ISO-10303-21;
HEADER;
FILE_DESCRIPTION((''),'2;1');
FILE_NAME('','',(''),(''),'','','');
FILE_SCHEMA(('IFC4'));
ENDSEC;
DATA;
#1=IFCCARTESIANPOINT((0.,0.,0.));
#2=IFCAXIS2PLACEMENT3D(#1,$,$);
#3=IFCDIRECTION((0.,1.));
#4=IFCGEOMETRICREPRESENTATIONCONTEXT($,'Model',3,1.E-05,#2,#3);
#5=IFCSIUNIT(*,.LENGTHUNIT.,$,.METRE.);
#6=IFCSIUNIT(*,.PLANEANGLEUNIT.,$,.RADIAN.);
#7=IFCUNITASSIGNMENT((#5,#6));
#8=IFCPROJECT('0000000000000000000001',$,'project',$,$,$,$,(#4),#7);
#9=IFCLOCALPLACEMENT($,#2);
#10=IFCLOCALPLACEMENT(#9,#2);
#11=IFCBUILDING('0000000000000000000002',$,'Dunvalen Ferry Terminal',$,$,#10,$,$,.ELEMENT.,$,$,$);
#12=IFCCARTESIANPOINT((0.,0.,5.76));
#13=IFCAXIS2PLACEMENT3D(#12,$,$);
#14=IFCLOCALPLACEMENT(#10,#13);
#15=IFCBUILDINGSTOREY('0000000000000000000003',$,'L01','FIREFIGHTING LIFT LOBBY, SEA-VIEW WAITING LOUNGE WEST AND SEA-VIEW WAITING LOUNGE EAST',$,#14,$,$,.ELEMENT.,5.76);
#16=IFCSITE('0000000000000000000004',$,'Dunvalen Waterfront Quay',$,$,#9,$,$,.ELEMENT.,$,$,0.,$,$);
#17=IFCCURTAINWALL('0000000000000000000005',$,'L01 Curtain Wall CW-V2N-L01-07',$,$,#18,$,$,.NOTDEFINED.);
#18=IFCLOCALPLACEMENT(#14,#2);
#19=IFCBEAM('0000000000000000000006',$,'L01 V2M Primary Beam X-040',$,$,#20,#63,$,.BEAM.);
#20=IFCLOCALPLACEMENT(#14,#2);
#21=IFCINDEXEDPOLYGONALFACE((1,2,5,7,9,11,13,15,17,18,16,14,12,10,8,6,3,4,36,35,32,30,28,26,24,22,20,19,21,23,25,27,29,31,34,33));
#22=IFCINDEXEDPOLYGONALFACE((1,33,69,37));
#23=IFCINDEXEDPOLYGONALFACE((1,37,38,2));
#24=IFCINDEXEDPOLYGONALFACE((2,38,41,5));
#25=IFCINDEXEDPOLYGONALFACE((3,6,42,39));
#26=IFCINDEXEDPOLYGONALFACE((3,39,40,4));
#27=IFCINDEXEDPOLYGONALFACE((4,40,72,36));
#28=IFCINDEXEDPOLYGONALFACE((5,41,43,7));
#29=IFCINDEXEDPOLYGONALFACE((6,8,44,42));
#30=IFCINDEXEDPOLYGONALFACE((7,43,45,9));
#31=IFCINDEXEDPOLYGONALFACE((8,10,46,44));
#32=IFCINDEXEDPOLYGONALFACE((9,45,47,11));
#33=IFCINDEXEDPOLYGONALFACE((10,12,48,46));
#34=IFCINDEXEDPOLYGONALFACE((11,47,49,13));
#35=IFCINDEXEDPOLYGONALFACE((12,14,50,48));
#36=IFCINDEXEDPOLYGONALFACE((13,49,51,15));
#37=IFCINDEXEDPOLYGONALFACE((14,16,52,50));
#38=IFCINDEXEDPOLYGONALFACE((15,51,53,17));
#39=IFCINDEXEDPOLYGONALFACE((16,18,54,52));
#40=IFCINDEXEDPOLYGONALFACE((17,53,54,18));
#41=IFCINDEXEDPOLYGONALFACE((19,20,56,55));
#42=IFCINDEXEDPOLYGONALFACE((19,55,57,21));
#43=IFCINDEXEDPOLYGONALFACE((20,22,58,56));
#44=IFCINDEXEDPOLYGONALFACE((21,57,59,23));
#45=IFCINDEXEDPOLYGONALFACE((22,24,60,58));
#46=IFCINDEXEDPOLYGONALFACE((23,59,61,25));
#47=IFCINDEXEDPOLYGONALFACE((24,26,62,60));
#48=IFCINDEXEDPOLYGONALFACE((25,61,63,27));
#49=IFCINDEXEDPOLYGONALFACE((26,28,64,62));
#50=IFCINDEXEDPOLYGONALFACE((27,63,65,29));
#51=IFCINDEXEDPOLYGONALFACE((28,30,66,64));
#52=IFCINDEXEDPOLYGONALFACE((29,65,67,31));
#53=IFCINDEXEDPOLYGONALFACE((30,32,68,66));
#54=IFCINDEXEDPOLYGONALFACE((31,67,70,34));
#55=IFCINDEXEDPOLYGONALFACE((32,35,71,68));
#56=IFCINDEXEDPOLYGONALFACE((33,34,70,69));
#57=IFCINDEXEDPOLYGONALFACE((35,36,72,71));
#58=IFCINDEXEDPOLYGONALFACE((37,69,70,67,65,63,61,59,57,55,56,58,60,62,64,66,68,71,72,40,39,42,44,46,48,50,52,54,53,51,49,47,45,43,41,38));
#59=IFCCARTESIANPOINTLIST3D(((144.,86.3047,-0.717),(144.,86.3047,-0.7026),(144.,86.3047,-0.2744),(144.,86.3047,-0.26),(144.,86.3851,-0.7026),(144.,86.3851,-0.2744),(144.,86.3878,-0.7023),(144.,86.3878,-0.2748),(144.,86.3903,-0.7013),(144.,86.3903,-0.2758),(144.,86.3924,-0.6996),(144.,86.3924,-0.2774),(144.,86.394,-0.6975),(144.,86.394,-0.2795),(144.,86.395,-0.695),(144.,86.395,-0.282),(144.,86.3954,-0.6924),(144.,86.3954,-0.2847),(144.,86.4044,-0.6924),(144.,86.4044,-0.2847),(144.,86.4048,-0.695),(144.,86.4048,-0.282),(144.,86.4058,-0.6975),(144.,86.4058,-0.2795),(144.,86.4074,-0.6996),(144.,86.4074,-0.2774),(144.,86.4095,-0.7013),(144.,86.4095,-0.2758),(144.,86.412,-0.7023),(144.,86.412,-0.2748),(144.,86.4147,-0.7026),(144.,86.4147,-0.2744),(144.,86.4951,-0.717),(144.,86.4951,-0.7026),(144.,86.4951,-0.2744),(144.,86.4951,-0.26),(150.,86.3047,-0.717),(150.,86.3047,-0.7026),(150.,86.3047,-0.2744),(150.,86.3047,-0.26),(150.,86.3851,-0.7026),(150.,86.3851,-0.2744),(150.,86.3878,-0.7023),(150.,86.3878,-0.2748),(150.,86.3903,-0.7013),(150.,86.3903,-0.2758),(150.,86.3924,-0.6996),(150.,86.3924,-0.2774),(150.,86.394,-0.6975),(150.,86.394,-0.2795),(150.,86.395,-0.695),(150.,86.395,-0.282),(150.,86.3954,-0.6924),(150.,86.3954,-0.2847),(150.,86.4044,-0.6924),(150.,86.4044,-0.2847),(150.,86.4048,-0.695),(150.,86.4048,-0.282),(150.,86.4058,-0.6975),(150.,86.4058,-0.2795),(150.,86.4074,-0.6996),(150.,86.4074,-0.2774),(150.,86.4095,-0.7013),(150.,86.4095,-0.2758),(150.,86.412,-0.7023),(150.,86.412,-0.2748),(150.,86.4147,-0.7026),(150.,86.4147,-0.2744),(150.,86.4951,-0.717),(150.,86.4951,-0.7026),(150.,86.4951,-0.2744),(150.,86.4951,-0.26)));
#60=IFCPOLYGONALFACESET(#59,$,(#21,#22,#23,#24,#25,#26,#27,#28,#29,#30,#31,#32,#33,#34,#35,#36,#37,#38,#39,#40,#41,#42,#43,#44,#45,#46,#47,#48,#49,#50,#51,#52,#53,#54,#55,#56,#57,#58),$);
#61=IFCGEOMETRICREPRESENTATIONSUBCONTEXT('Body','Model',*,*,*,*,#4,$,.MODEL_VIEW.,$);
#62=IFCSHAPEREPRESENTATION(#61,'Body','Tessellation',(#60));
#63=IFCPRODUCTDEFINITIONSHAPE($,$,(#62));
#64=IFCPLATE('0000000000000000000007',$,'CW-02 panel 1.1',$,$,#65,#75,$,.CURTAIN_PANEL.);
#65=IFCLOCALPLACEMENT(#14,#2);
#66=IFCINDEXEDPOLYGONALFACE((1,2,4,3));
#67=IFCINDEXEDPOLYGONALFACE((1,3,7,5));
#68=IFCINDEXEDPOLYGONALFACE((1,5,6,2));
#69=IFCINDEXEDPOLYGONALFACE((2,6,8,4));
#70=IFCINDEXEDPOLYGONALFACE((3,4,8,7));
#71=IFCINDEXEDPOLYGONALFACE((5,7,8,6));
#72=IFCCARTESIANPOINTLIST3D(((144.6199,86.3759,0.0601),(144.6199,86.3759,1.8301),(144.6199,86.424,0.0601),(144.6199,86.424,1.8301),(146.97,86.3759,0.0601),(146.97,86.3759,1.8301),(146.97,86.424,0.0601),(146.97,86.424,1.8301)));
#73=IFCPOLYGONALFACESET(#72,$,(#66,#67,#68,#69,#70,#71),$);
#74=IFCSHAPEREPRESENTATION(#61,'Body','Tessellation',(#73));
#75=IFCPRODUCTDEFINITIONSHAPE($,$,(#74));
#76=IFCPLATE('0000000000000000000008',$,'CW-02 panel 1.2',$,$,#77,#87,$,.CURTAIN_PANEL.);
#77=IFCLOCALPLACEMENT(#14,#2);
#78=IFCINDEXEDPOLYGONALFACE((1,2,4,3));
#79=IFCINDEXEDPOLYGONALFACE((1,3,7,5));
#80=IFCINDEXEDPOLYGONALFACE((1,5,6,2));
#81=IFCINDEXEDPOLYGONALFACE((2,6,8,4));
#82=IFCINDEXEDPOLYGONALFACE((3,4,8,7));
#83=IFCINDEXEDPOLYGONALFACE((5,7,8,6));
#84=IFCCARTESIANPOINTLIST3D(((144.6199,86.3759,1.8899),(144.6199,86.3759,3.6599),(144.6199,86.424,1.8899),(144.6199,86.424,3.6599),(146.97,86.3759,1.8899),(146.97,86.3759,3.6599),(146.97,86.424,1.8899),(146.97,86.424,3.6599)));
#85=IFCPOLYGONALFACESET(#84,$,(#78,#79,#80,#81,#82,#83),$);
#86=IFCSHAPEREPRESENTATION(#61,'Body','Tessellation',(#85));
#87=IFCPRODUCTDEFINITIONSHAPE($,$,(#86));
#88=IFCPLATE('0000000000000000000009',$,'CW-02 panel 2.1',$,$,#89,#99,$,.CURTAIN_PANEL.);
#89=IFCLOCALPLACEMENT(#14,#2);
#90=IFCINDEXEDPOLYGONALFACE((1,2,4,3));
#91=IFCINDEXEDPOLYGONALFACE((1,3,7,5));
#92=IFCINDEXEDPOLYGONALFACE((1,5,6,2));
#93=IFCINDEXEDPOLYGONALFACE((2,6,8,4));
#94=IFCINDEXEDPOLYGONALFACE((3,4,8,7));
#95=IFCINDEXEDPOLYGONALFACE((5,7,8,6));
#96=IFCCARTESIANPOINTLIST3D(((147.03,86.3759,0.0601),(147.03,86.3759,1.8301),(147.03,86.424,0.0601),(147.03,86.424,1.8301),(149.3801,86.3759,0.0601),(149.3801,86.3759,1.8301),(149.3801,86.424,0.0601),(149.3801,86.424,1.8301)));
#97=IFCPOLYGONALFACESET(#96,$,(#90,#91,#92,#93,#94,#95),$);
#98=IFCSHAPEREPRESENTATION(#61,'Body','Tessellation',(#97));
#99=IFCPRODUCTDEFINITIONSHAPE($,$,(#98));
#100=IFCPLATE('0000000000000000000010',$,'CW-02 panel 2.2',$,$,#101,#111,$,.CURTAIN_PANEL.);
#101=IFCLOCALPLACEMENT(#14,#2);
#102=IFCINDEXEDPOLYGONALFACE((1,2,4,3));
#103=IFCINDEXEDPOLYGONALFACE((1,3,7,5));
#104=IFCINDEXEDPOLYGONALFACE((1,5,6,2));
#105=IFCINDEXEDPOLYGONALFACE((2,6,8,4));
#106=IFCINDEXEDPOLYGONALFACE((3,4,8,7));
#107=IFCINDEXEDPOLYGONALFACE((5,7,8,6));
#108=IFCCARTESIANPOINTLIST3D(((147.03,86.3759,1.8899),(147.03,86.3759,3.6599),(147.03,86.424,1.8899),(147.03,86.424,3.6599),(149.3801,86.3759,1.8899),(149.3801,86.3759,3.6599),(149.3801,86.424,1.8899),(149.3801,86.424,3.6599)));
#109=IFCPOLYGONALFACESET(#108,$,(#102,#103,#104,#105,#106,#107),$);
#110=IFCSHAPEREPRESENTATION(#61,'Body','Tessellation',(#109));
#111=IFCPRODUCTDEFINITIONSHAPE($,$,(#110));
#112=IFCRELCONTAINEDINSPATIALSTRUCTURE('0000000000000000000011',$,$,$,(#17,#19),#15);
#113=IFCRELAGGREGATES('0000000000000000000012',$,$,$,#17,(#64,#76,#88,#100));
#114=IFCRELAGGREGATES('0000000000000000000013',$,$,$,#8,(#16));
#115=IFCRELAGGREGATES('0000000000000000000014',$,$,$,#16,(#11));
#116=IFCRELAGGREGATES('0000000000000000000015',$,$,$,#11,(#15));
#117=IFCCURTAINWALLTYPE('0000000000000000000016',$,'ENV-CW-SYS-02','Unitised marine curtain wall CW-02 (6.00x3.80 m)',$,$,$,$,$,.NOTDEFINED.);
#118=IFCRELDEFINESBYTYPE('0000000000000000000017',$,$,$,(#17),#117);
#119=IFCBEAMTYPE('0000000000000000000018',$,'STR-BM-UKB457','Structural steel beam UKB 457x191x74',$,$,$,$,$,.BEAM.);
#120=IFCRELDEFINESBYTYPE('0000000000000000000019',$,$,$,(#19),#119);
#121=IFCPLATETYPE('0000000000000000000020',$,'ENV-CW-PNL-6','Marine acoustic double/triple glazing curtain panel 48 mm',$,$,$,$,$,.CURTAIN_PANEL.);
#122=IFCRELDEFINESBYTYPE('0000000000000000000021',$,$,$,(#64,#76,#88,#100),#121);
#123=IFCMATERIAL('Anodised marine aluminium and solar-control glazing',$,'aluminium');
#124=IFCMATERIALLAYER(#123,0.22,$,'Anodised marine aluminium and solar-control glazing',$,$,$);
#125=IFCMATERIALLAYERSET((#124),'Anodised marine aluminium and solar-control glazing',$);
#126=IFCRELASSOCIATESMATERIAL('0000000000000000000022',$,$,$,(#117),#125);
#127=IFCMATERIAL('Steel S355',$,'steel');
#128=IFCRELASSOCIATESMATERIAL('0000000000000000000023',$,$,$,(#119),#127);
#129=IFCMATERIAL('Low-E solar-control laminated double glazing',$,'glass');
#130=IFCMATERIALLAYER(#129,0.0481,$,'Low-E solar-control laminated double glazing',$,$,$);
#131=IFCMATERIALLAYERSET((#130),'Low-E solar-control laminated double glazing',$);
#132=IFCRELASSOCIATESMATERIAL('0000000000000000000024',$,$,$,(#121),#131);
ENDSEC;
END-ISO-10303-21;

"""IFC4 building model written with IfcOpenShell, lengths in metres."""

from ifc_helpers import new_model, si_unit, direction, frame, origin, origin_2d, place, context, subcontext, project, spatial, rectangle, i_section, extrude, material, layer, layer_set, material_profile, profile_set, type_object, element, aggregate, save


model = new_model("IFC4")

# Units and contexts
model_context = context("Model", 3, precision=1e-05, world=origin(), true_north=direction((0.0, 1.0)))
body_context = subcontext(model_context, "Body", "Model", "MODEL_VIEW")
ifc_project = project(units=[si_unit("LENGTHUNIT", "METRE"), si_unit("PLANEANGLEUNIT", "RADIAN")], contexts=[model_context])

# Site, building, storey
site_placement = place(None, origin())
site = spatial("IfcSite", under=ifc_project, at=site_placement, Name="Dunvalen Waterfront Quay", CompositionType="ELEMENT", RefElevation=0.0)
building_placement = place(site_placement, origin())
building = spatial("IfcBuilding", under=site, at=building_placement, Name="Dunvalen Ferry Terminal", CompositionType="ELEMENT")
storey_placement = place(building_placement, frame((0.0, 0.0, 5.76)))
storey = spatial("IfcBuildingStorey", under=building, at=storey_placement, Name="L01", Description="FIREFIGHTING LIFT LOBBY, SEA-VIEW WAITING LOUNGE WEST AND SEA-VIEW WAITING LOUNGE EAST", CompositionType="ELEMENT", Elevation=5.76)

# Curtain wall
ifc_material_1 = material(Name="Anodised marine aluminium and solar-control glazing", Category="aluminium")
ifc_layer_1 = layer(ifc_material_1, 0.22, Name="Anodised marine aluminium and solar-control glazing")
ifc_layer_set_1 = layer_set([ifc_layer_1], Name="Anodised marine aluminium and solar-control glazing")
curtain_wall_type = type_object("IfcCurtainWallType", Name="ENV-CW-SYS-02", Description="Unitised marine curtain wall CW-02 (6.00x3.80 m)", PredefinedType="NOTDEFINED", material=ifc_layer_set_1)
curtain_wall_1_placement = place(storey_placement, origin())
curtain_wall_1 = element("IfcCurtainWall", 1, at=curtain_wall_1_placement, inside=storey, type_object=curtain_wall_type, Name="L01 Curtain Wall CW-V2N-L01-07", PredefinedType="NOTDEFINED")

# Beam
ifc_material_2 = material(Name="Steel S355", Category="steel")
ifc_material_profile_1 = material_profile(ifc_material_2, i_section(OverallWidth=0.1904, OverallDepth=0.457, WebThickness=0.009, FlangeThickness=0.0144, FilletRadius=0.0103, at=origin_2d()), Name="Steel S355")
ifc_profile_set_1 = profile_set([ifc_material_profile_1], Name="Steel S355")
beam_type_1 = type_object("IfcBeamType", Name="STR-BM-UKB457", Description="Structural steel beam UKB 457x191x74", PredefinedType="BEAM", material=ifc_profile_set_1)
beam_1_placement = place(storey_placement, frame((144.0, 86.3999, -0.4885), z_axis=(1.0, 0.0, 0.0), x_axis=(0.0, 1.0, 0.0)))
element("IfcBeam", 2, at=beam_1_placement, inside=storey, type_object=beam_type_1, Name="L01 V2M Primary Beam X-040", PredefinedType="BEAM", context=body_context, shape_type="SweptSolid", body=[
    extrude(i_section(OverallWidth=0.1904, OverallDepth=0.457, WebThickness=0.009, FlangeThickness=0.0144, FilletRadius=0.0103, at=origin_2d()), origin(), (0.0, 0.0, 1.0), 6.0),
])

# Plates
ifc_material_3 = material(Name="Low-E solar-control laminated double glazing", Category="glass")
ifc_layer_2 = layer(ifc_material_3, 0.0481, Name="Low-E solar-control laminated double glazing")
ifc_layer_set_2 = layer_set([ifc_layer_2], Name="Low-E solar-control laminated double glazing")
plate_type = type_object("IfcPlateType", Name="ENV-CW-PNL-6", Description="Marine acoustic double/triple glazing curtain panel 48 mm", PredefinedType="CURTAIN_PANEL", material=ifc_layer_set_2)
plate_1_placement = place(storey_placement, frame((145.7949, 86.3999, 0.0601), z_axis=(0.0, 0.0, 1.0), x_axis=(1.0, 0.0, 0.0)))
plate_1 = element("IfcPlate", 3, at=plate_1_placement, type_object=plate_type, Name="CW-02 panel 1.1", PredefinedType="CURTAIN_PANEL", context=body_context, shape_type="SweptSolid", body=[
    extrude(rectangle(XDim=2.3501, YDim=0.0481, at=origin_2d()), origin(), (0.0, 0.0, 1.0), 1.77),
])
plate_2_placement = place(storey_placement, frame((145.7949, 86.3999, 1.8899), z_axis=(0.0, 0.0, 1.0), x_axis=(1.0, 0.0, 0.0)))
plate_2 = element("IfcPlate", 4, at=plate_2_placement, type_object=plate_type, Name="CW-02 panel 1.2", PredefinedType="CURTAIN_PANEL", context=body_context, shape_type="SweptSolid", body=[
    extrude(rectangle(XDim=2.3501, YDim=0.0481, at=origin_2d()), origin(), (0.0, 0.0, 1.0), 1.77),
])
plate_3_placement = place(storey_placement, frame((148.2051, 86.3999, 0.0601), z_axis=(0.0, 0.0, 1.0), x_axis=(1.0, 0.0, 0.0)))
plate_3 = element("IfcPlate", 5, at=plate_3_placement, type_object=plate_type, Name="CW-02 panel 2.1", PredefinedType="CURTAIN_PANEL", context=body_context, shape_type="SweptSolid", body=[
    extrude(rectangle(XDim=2.3501, YDim=0.0481, at=origin_2d()), origin(), (0.0, 0.0, 1.0), 1.77),
])
plate_4_placement = place(storey_placement, frame((148.2051, 86.3999, 1.8899), z_axis=(0.0, 0.0, 1.0), x_axis=(1.0, 0.0, 0.0)))
plate_4 = element("IfcPlate", 6, at=plate_4_placement, type_object=plate_type, Name="CW-02 panel 2.2", PredefinedType="CURTAIN_PANEL", context=body_context, shape_type="SweptSolid", body=[
    extrude(rectangle(XDim=2.3501, YDim=0.0481, at=origin_2d()), origin(), (0.0, 0.0, 1.0), 1.77),
])
aggregate(curtain_wall_1, [plate_1, plate_2, plate_3, plate_4])

save(model, "model.ifc")
